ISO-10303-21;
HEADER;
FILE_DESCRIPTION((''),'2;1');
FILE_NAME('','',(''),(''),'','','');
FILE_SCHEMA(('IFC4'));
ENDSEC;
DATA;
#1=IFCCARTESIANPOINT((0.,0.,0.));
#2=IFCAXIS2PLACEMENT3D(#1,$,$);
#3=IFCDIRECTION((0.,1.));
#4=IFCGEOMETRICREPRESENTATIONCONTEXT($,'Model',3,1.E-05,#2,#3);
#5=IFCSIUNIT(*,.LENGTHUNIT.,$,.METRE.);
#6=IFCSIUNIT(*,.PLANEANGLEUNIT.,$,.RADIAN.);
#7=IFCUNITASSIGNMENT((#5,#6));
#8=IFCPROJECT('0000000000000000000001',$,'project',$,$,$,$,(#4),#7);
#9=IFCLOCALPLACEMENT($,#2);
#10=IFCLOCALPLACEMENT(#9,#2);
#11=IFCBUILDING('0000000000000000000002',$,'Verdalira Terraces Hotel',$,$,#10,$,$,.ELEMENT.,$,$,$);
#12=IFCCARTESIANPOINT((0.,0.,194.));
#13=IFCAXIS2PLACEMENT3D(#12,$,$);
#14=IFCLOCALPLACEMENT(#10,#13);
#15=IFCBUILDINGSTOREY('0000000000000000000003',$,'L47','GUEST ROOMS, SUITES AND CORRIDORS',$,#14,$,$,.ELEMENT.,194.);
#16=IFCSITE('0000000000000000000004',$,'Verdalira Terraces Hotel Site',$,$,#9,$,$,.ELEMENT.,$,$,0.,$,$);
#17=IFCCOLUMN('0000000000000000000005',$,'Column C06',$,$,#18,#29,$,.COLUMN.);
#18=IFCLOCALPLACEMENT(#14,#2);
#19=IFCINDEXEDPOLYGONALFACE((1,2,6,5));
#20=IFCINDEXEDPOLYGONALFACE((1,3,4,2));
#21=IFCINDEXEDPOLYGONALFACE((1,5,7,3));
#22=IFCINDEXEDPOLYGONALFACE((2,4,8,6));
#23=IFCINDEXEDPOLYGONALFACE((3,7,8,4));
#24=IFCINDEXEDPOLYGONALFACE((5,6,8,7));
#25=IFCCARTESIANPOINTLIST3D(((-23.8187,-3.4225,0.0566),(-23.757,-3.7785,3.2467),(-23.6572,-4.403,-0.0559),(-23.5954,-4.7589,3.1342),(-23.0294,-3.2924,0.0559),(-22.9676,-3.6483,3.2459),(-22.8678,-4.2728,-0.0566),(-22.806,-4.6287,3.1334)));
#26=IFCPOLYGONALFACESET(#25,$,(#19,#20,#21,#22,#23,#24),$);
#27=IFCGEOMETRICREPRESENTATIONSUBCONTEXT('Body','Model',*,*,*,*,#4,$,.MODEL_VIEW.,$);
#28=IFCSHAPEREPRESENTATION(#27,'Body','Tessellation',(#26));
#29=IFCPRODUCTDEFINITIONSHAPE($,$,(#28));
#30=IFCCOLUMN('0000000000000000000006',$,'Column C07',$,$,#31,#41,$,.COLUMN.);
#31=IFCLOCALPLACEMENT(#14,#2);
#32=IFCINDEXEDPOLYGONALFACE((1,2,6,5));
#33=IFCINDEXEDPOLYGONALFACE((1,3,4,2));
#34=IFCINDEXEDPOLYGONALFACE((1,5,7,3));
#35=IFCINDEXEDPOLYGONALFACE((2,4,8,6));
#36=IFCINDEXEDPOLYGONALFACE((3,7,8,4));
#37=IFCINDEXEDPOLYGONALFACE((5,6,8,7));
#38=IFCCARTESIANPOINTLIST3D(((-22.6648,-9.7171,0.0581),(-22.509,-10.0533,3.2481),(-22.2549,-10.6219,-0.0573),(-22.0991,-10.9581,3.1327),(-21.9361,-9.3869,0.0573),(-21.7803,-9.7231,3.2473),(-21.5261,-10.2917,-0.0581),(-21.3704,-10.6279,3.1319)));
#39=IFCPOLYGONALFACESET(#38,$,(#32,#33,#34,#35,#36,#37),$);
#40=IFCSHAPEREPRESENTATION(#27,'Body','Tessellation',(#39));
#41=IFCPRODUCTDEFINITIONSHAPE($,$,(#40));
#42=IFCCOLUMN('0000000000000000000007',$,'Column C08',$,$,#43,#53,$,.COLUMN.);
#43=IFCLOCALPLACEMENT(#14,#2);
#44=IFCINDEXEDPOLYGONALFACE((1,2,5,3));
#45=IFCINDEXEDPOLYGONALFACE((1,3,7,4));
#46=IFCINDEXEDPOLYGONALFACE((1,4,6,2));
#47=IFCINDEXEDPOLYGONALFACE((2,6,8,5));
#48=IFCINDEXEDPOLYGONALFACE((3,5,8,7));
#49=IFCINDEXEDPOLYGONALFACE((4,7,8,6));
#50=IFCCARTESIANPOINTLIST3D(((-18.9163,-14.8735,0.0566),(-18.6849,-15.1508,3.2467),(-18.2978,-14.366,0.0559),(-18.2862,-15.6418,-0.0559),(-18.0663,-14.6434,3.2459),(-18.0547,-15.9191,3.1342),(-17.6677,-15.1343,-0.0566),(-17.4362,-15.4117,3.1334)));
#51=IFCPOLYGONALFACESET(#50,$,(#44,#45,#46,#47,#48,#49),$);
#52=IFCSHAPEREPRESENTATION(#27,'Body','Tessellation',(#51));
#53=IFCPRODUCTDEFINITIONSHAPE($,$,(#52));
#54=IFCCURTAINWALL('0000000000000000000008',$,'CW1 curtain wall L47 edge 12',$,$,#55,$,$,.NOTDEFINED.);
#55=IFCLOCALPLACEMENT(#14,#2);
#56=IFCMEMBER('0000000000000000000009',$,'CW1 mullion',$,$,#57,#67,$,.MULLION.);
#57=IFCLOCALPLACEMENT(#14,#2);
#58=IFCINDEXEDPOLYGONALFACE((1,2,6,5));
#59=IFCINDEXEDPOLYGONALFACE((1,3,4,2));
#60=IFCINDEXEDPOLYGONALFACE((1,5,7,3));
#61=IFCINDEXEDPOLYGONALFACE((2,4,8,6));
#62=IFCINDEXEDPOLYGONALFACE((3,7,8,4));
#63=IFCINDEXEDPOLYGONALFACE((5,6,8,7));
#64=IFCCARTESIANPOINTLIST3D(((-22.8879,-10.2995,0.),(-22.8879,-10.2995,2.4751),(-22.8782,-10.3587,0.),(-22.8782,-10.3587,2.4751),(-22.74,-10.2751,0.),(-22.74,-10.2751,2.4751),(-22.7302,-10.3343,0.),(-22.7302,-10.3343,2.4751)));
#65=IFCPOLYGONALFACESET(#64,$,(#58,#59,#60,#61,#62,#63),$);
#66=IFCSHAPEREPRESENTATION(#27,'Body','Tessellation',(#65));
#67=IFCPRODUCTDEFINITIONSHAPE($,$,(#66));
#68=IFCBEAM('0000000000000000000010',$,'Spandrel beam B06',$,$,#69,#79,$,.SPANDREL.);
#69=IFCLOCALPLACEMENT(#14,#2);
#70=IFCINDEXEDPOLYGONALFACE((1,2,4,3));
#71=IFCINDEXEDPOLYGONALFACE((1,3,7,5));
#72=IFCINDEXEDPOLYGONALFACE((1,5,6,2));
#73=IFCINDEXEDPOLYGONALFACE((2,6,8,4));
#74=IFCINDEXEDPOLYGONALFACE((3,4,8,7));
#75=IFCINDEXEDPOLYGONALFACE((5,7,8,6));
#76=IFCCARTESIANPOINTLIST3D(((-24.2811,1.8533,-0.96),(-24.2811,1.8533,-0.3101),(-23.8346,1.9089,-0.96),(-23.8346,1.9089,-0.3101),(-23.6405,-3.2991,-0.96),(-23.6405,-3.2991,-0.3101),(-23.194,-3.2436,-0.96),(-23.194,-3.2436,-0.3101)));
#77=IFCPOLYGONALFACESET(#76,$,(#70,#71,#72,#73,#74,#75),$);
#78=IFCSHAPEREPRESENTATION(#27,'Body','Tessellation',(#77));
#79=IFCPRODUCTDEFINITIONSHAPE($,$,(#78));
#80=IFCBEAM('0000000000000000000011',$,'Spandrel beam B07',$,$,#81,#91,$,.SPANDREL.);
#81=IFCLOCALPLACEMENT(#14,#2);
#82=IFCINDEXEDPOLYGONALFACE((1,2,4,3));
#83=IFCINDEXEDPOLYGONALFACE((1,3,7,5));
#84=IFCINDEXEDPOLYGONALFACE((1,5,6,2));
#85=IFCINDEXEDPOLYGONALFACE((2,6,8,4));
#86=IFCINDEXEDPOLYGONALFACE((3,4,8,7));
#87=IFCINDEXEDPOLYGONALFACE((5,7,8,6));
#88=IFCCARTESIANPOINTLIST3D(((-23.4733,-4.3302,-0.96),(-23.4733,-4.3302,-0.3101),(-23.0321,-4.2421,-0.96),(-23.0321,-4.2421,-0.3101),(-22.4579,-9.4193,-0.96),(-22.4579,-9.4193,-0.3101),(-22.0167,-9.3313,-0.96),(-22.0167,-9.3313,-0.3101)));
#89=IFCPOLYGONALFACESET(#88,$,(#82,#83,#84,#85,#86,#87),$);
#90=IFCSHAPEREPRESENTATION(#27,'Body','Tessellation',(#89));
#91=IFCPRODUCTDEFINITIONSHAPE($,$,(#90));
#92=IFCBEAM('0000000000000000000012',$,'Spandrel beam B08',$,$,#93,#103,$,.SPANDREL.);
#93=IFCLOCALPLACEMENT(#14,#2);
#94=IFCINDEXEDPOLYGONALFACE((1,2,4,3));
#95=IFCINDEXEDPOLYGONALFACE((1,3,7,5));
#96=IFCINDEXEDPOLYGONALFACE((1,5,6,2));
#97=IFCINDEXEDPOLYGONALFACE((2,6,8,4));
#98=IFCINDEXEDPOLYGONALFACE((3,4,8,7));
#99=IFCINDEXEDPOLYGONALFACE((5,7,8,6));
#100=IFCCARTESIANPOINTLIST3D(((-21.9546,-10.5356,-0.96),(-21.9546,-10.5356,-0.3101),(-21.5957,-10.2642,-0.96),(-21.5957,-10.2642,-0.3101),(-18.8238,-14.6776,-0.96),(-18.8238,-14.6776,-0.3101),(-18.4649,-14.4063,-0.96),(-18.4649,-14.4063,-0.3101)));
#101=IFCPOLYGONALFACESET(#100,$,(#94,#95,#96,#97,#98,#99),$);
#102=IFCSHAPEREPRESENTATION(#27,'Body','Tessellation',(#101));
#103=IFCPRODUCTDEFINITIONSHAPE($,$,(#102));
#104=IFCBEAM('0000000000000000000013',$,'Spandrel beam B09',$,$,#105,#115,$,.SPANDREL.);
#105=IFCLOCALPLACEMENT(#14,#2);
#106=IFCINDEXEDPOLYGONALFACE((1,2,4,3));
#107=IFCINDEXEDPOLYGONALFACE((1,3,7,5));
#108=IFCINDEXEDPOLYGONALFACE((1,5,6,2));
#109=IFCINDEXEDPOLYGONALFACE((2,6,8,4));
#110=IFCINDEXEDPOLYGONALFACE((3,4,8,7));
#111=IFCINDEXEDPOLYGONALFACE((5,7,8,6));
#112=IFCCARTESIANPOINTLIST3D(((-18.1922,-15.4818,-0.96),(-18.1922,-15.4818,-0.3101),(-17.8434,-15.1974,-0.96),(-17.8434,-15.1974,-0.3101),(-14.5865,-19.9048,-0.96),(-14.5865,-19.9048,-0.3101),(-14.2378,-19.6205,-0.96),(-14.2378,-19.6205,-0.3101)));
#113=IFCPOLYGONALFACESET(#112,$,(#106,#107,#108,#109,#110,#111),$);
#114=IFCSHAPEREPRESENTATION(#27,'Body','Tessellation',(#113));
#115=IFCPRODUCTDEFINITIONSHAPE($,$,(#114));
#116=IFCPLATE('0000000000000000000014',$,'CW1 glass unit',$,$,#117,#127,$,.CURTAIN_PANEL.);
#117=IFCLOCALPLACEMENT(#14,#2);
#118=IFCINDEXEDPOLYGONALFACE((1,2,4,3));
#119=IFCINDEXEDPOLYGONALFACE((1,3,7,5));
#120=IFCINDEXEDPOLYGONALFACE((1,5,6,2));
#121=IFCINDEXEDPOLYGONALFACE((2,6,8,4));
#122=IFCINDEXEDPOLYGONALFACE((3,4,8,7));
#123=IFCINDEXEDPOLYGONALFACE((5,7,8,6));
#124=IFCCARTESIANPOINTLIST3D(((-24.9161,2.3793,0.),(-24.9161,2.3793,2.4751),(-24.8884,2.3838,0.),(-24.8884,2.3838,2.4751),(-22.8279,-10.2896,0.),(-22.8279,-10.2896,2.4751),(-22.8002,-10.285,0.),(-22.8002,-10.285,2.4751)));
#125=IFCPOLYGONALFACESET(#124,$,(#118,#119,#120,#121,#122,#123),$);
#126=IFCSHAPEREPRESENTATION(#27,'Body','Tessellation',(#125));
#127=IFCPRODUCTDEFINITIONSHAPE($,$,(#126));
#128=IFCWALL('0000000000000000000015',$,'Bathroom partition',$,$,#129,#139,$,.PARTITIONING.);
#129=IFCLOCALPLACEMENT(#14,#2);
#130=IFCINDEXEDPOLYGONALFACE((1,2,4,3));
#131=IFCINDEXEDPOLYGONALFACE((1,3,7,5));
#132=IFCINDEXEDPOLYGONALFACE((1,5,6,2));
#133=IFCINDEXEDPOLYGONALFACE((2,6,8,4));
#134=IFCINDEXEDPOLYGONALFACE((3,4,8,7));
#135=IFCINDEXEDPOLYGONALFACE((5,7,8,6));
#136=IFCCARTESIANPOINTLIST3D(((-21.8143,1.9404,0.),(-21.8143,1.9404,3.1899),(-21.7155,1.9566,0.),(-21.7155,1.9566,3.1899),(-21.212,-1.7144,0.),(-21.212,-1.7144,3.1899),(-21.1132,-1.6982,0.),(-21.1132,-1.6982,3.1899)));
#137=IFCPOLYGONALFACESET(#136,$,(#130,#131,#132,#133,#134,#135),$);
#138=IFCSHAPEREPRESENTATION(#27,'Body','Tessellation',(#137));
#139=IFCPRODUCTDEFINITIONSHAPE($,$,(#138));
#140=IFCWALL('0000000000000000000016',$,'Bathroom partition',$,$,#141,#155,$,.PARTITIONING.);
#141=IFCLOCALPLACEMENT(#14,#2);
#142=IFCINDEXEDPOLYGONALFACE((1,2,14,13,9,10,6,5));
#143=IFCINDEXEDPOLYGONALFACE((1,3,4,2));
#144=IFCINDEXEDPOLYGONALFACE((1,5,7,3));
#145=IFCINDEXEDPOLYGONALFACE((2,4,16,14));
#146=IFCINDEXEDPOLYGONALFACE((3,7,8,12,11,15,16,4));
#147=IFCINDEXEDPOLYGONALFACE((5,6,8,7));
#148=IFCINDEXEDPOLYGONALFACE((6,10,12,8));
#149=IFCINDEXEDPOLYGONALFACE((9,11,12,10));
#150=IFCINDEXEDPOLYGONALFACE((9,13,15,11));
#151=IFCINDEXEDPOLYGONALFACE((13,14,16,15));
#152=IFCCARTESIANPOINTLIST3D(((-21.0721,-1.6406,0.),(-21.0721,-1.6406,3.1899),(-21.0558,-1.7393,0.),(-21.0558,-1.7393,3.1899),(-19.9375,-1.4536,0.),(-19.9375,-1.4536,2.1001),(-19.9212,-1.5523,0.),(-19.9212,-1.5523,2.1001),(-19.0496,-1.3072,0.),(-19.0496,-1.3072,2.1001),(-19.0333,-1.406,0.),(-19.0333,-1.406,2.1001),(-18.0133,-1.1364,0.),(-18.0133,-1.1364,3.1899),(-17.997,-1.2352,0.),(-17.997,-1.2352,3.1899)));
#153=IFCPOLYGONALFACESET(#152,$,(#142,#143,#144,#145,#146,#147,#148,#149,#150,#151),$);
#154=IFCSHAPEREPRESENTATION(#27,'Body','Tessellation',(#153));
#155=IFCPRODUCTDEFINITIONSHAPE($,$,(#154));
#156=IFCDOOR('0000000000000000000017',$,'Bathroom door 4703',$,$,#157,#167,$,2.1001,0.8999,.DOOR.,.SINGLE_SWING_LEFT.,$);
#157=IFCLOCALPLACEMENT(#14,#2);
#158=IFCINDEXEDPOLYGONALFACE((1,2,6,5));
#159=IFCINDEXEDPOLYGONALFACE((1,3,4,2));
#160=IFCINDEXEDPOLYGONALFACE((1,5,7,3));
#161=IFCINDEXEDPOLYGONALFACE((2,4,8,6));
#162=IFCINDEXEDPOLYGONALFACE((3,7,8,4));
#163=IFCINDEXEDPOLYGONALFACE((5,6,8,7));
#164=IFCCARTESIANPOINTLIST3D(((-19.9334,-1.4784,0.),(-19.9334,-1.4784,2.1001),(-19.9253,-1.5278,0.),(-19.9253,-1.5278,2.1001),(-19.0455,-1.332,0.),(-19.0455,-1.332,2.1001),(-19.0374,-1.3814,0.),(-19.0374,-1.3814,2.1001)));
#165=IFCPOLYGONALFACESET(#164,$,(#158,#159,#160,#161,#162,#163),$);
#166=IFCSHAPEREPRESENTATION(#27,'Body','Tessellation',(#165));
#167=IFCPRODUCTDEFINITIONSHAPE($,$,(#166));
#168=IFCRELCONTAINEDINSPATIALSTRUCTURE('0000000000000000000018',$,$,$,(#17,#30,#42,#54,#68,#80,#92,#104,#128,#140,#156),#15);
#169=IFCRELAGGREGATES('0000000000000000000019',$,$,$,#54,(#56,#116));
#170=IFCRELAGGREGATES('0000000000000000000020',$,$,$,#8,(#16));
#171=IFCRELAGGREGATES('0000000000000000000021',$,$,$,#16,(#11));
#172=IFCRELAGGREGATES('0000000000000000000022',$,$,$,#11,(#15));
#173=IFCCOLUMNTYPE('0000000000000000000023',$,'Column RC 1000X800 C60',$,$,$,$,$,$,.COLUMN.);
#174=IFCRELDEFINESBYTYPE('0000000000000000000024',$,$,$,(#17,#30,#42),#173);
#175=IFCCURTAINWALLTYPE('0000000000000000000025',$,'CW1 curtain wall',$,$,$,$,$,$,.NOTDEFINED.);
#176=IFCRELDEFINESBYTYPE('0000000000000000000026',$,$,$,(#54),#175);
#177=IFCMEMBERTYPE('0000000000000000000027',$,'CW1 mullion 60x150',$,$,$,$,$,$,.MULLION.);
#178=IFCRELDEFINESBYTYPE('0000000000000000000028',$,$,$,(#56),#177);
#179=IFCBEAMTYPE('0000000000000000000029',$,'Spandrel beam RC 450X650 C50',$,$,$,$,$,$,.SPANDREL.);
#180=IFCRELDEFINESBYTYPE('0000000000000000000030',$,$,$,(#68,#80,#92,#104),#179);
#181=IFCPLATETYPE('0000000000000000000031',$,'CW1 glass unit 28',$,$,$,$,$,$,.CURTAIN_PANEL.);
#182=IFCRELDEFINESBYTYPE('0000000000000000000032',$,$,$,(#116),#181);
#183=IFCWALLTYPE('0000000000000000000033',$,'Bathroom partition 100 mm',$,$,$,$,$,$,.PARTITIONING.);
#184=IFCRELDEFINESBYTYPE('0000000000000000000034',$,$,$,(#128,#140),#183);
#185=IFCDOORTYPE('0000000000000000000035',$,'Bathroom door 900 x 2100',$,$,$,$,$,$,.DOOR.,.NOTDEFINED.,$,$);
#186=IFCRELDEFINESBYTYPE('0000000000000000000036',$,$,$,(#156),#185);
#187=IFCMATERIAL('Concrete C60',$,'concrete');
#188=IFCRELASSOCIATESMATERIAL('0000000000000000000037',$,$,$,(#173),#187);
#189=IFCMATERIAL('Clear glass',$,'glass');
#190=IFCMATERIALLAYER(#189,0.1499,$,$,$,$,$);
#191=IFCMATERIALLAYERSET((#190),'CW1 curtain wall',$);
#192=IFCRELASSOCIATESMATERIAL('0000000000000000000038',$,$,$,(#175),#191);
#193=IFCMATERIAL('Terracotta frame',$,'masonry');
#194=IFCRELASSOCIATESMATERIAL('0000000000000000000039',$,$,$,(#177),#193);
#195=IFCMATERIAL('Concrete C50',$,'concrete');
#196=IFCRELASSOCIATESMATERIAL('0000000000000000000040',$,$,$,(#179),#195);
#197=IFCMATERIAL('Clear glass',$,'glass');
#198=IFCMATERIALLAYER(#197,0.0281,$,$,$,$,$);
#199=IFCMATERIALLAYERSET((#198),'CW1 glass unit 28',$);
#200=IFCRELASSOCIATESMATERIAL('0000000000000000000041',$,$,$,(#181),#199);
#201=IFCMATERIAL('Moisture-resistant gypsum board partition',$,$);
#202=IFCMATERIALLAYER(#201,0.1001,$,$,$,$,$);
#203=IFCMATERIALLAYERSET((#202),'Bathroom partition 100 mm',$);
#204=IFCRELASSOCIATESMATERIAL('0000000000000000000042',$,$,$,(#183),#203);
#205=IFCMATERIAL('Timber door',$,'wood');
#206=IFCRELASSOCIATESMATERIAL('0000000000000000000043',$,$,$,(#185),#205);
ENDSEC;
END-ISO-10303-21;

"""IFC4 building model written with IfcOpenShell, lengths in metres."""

from ifc_helpers import new_model, si_unit, direction, frame, frame_2d, origin, origin_2d, place, context, subcontext, project, spatial, rectangle, extrude, material, layer, layer_set, material_profile, profile_set, type_object, element, fill, aggregate, save


model = new_model("IFC4")

# Units and contexts
model_context = context("Model", 3, precision=1e-05, world=origin(), true_north=direction((0.0, 1.0)))
body_context = subcontext(model_context, "Body", "Model", "MODEL_VIEW")
ifc_project = project(units=[si_unit("LENGTHUNIT", "METRE"), si_unit("PLANEANGLEUNIT", "RADIAN")], contexts=[model_context])

# Site, building, storey
site_placement = place(None, origin())
site = spatial("IfcSite", under=ifc_project, at=site_placement, Name="Verdalira Terraces Hotel Site", CompositionType="ELEMENT", RefElevation=0.0)
building_placement = place(site_placement, origin())
building = spatial("IfcBuilding", under=site, at=building_placement, Name="Verdalira Terraces Hotel", CompositionType="ELEMENT")
storey_placement = place(building_placement, frame((0.0, 0.0, 194.0)))
storey = spatial("IfcBuildingStorey", under=building, at=storey_placement, Name="L47", Description="GUEST ROOMS, SUITES AND CORRIDORS", CompositionType="ELEMENT", Elevation=194.0)

# Columns
ifc_material_1 = material(Name="Concrete C60", Category="concrete")
ifc_material_profile_1 = material_profile(ifc_material_1, rectangle(XDim=1.0, YDim=0.8, at=origin_2d()), Name="RC 1000X800")
ifc_profile_set_1 = profile_set([ifc_material_profile_1], Name="Concrete C60")
column_type = type_object("IfcColumnType", Name="Column RC 1000X800 C60", PredefinedType="COLUMN", material=ifc_profile_set_1)
column_1_placement = place(storey_placement, frame((-23.3433, -3.8477, 0.0), z_axis=(0.01924, -0.110878, 0.993648), x_axis=(0.161571, -0.980424, -0.112531)))
element("IfcColumn", 1, at=column_1_placement, inside=storey, type_object=column_type, Name="Column C06", PredefinedType="COLUMN", context=body_context, shape_type="SweptSolid", body=[
    extrude(rectangle(XDim=1.0, YDim=0.8, at=origin_2d()), origin(), (0.0, 0.0, 1.0), 3.2104),
])
column_2_placement = place(storey_placement, frame((-22.0955, -10.0044, 0.0), z_axis=(0.048503, -0.104684, 0.993322), x_axis=(-0.409921, 0.904795, 0.115371)))
element("IfcColumn", 2, at=column_2_placement, inside=storey, type_object=column_type, Name="Column C07", PredefinedType="COLUMN", context=body_context, shape_type="SweptSolid", body=[
    extrude(rectangle(XDim=1.0, YDim=0.8, at=origin_2d()), origin(), (0.0, 0.0, 1.0), 3.2114),
])
column_3_placement = place(storey_placement, frame((-18.292, -15.0039, 0.0), z_axis=(0.072094, -0.086391, 0.993649), x_axis=(0.630151, -0.768277, -0.112517)))
element("IfcColumn", 3, at=column_3_placement, inside=storey, type_object=column_type, Name="Column C08", PredefinedType="COLUMN", context=body_context, shape_type="SweptSolid", body=[
    extrude(rectangle(XDim=1.0, YDim=0.8, at=origin_2d()), origin(), (0.0, 0.0, 1.0), 3.2104),
])

# Curtain wall, member
ifc_material_2 = material(Name="Clear glass", Category="glass")
ifc_layer_1 = layer(ifc_material_2, 0.1499)
ifc_layer_set_1 = layer_set([ifc_layer_1], Name="CW1 curtain wall")
curtain_wall_type = type_object("IfcCurtainWallType", Name="CW1 curtain wall", PredefinedType="NOTDEFINED", material=ifc_layer_set_1)
curtain_wall_placement = place(storey_placement, origin())
curtain_wall = element("IfcCurtainWall", 4, at=curtain_wall_placement, inside=storey, type_object=curtain_wall_type, Name="CW1 curtain wall L47 edge 12", PredefinedType="NOTDEFINED")
ifc_material_3 = material(Name="Terracotta frame", Category="masonry")
ifc_material_profile_2 = material_profile(ifc_material_3, rectangle(XDim=0.0601, YDim=0.1499, at=origin_2d()), Name="MU 60x150")
ifc_profile_set_2 = profile_set([ifc_material_profile_2], Name="Terracotta frame")
member_type = type_object("IfcMemberType", Name="CW1 mullion 60x150", PredefinedType="MULLION", material=ifc_profile_set_2)
member_placement = place(storey_placement, frame((-22.8091, -10.3169, 0.0), z_axis=(0.0, 0.0, 1.0), x_axis=(0.162637, -0.986686, 0.0)))
member = element("IfcMember", 5, at=member_placement, type_object=member_type, Name="CW1 mullion", PredefinedType="MULLION", context=body_context, shape_type="SweptSolid", body=[
    extrude(rectangle(XDim=0.0601, YDim=0.1499, at=origin_2d()), origin(), (0.0, 0.0, 1.0), 2.4751),
])

# Beams
ifc_material_4 = material(Name="Concrete C50", Category="concrete")
ifc_material_profile_3 = material_profile(ifc_material_4, rectangle(XDim=0.45, YDim=0.6499, at=origin_2d()), Name="RC 450X650")
ifc_profile_set_3 = profile_set([ifc_material_profile_3], Name="Concrete C50")
beam_type = type_object("IfcBeamType", Name="Spandrel beam RC 450X650 C50", PredefinedType="SPANDREL", material=ifc_profile_set_3)
beam_1_placement = place(storey_placement, frame((-24.0579, 1.8811, -0.635), z_axis=(0.123381, -0.992359, 0.0), x_axis=(0.992359, 0.123381, 0.0)))
element("IfcBeam", 6, at=beam_1_placement, inside=storey, type_object=beam_type, Name="Spandrel beam B06", PredefinedType="SPANDREL", context=body_context, shape_type="SweptSolid", body=[
    extrude(rectangle(XDim=0.45, YDim=0.6499, at=origin_2d()), origin(), (0.0, 0.0, 1.0), 5.1921),
])
beam_2_placement = place(storey_placement, frame((-23.2527, -4.2861, -0.635), z_axis=(0.195664, -0.980671, 0.0), x_axis=(0.980671, 0.195664, 0.0)))
element("IfcBeam", 7, at=beam_2_placement, inside=storey, type_object=beam_type, Name="Spandrel beam B07", PredefinedType="SPANDREL", context=body_context, shape_type="SweptSolid", body=[
    extrude(rectangle(XDim=0.45, YDim=0.6499, at=origin_2d()), origin(), (0.0, 0.0, 1.0), 5.1895),
])
beam_3_placement = place(storey_placement, frame((-21.7751, -10.3999, -0.635), z_axis=(0.60299, -0.797749, 0.0), x_axis=(0.797749, 0.60299, 0.0)))
element("IfcBeam", 8, at=beam_3_placement, inside=storey, type_object=beam_type, Name="Spandrel beam B08", PredefinedType="SPANDREL", context=body_context, shape_type="SweptSolid", body=[
    extrude(rectangle(XDim=0.45, YDim=0.6499, at=origin_2d()), origin(), (0.0, 0.0, 1.0), 5.1921),
])
beam_4_placement = place(storey_placement, frame((-18.0178, -15.3396, -0.635), z_axis=(0.631853, -0.775088, 0.0), x_axis=(0.775088, 0.631853, 0.0)))
element("IfcBeam", 9, at=beam_4_placement, inside=storey, type_object=beam_type, Name="Spandrel beam B09", PredefinedType="SPANDREL", context=body_context, shape_type="SweptSolid", body=[
    extrude(rectangle(XDim=0.45, YDim=0.6499, at=origin_2d()), origin(), (0.0, 0.0, 1.0), 5.7065),
])

# Plate
ifc_material_5 = material(Name="Clear glass", Category="glass")
ifc_layer_2 = layer(ifc_material_5, 0.0281)
ifc_layer_set_2 = layer_set([ifc_layer_2], Name="CW1 glass unit 28")
plate_type = type_object("IfcPlateType", Name="CW1 glass unit 28", PredefinedType="CURTAIN_PANEL", material=ifc_layer_set_2)
plate_placement = place(storey_placement, frame((-23.8582, -3.9529, 0.0), z_axis=(0.0, 0.0, 1.0), x_axis=(0.162637, -0.986686, 0.0)))
plate = element("IfcPlate", 10, at=plate_placement, type_object=plate_type, Name="CW1 glass unit", PredefinedType="CURTAIN_PANEL", context=body_context, shape_type="SweptSolid", body=[
    extrude(rectangle(XDim=12.8398, YDim=0.0281, at=origin_2d()), origin(), (0.0, 0.0, 1.0), 2.4751),
])
aggregate(curtain_wall, [member, plate])

# Wall
ifc_material_6 = material(Name="Moisture-resistant gypsum board partition")
ifc_layer_3 = layer(ifc_material_6, 0.1001)
ifc_layer_set_3 = layer_set([ifc_layer_3], Name="Bathroom partition 100 mm")
wall_type_1 = type_object("IfcWallType", Name="Bathroom partition 100 mm", PredefinedType="PARTITIONING", material=ifc_layer_set_3)
wall_1_placement = place(storey_placement, frame((-21.1626, -1.7063, 0.0), z_axis=(0.0, 0.0, 1.0), x_axis=(-0.162603, 0.986692, 0.0)))
element("IfcWall", 11, at=wall_1_placement, inside=storey, type_object=wall_type_1, Name="Bathroom partition", PredefinedType="PARTITIONING", context=body_context, shape_type="SweptSolid", body=[
    extrude(rectangle(XDim=3.7041, YDim=0.1001, at=frame_2d((1.8521, 0.0))), origin(), (0.0, 0.0, 1.0), 3.1899),
])

# Wall, opening, door
wall_2_placement = place(storey_placement, frame((-21.064, -1.6899, 0.0), z_axis=(0.0, 0.0, 1.0), x_axis=(0.986688, 0.162624, 0.0)))
wall_2 = element("IfcWall", 12, at=wall_2_placement, inside=storey, type_object=wall_type_1, Name="Bathroom partition", PredefinedType="PARTITIONING", context=body_context, shape_type="SweptSolid", body=[
    extrude(rectangle(XDim=3.1001, YDim=0.1001, at=frame_2d((1.55, 0.0))), origin(), (0.0, 0.0, 1.0), 3.1899),
])
opening_1_placement = place(wall_2_placement, frame((1.1499, 0.0, 0.0)))
opening_1 = element("IfcOpeningElement", 13, at=opening_1_placement, cuts=wall_2, PredefinedType="OPENING", context=body_context, shape_type="SweptSolid", body=[
    extrude(rectangle(XDim=0.8999, YDim=2.1001, at=frame_2d((0.45, 1.05))), frame((0.0, 0.0601, 0.0), z_axis=(0.0, -1.0, 0.0), x_axis=(1.0, 0.0, 0.0)), (0.0, 0.0, 1.0), 0.1201),
])
ifc_material_7 = material(Name="Timber door", Category="wood")
door_type_1 = type_object("IfcDoorType", Name="Bathroom door 900 x 2100", OperationType="NOTDEFINED", PredefinedType="DOOR", material=ifc_material_7)
door_1_placement = place(opening_1_placement, origin())
door_1 = element("IfcDoor", 14, at=door_1_placement, inside=storey, type_object=door_type_1, Name="Bathroom door 4703", OperationType="SINGLE_SWING_LEFT", OverallHeight=2.1001, OverallWidth=0.8999, PredefinedType="DOOR", context=body_context, shape_type="SweptSolid", body=[
    extrude(rectangle(XDim=0.8999, YDim=2.1001, at=frame_2d((0.45, 1.05))), frame((0.0, 0.0249, 0.0), z_axis=(0.0, -1.0, 0.0), x_axis=(1.0, 0.0, 0.0)), (0.0, 0.0, 1.0), 0.05),
])
fill(opening_1, door_1)

save(model, "model.ifc")
